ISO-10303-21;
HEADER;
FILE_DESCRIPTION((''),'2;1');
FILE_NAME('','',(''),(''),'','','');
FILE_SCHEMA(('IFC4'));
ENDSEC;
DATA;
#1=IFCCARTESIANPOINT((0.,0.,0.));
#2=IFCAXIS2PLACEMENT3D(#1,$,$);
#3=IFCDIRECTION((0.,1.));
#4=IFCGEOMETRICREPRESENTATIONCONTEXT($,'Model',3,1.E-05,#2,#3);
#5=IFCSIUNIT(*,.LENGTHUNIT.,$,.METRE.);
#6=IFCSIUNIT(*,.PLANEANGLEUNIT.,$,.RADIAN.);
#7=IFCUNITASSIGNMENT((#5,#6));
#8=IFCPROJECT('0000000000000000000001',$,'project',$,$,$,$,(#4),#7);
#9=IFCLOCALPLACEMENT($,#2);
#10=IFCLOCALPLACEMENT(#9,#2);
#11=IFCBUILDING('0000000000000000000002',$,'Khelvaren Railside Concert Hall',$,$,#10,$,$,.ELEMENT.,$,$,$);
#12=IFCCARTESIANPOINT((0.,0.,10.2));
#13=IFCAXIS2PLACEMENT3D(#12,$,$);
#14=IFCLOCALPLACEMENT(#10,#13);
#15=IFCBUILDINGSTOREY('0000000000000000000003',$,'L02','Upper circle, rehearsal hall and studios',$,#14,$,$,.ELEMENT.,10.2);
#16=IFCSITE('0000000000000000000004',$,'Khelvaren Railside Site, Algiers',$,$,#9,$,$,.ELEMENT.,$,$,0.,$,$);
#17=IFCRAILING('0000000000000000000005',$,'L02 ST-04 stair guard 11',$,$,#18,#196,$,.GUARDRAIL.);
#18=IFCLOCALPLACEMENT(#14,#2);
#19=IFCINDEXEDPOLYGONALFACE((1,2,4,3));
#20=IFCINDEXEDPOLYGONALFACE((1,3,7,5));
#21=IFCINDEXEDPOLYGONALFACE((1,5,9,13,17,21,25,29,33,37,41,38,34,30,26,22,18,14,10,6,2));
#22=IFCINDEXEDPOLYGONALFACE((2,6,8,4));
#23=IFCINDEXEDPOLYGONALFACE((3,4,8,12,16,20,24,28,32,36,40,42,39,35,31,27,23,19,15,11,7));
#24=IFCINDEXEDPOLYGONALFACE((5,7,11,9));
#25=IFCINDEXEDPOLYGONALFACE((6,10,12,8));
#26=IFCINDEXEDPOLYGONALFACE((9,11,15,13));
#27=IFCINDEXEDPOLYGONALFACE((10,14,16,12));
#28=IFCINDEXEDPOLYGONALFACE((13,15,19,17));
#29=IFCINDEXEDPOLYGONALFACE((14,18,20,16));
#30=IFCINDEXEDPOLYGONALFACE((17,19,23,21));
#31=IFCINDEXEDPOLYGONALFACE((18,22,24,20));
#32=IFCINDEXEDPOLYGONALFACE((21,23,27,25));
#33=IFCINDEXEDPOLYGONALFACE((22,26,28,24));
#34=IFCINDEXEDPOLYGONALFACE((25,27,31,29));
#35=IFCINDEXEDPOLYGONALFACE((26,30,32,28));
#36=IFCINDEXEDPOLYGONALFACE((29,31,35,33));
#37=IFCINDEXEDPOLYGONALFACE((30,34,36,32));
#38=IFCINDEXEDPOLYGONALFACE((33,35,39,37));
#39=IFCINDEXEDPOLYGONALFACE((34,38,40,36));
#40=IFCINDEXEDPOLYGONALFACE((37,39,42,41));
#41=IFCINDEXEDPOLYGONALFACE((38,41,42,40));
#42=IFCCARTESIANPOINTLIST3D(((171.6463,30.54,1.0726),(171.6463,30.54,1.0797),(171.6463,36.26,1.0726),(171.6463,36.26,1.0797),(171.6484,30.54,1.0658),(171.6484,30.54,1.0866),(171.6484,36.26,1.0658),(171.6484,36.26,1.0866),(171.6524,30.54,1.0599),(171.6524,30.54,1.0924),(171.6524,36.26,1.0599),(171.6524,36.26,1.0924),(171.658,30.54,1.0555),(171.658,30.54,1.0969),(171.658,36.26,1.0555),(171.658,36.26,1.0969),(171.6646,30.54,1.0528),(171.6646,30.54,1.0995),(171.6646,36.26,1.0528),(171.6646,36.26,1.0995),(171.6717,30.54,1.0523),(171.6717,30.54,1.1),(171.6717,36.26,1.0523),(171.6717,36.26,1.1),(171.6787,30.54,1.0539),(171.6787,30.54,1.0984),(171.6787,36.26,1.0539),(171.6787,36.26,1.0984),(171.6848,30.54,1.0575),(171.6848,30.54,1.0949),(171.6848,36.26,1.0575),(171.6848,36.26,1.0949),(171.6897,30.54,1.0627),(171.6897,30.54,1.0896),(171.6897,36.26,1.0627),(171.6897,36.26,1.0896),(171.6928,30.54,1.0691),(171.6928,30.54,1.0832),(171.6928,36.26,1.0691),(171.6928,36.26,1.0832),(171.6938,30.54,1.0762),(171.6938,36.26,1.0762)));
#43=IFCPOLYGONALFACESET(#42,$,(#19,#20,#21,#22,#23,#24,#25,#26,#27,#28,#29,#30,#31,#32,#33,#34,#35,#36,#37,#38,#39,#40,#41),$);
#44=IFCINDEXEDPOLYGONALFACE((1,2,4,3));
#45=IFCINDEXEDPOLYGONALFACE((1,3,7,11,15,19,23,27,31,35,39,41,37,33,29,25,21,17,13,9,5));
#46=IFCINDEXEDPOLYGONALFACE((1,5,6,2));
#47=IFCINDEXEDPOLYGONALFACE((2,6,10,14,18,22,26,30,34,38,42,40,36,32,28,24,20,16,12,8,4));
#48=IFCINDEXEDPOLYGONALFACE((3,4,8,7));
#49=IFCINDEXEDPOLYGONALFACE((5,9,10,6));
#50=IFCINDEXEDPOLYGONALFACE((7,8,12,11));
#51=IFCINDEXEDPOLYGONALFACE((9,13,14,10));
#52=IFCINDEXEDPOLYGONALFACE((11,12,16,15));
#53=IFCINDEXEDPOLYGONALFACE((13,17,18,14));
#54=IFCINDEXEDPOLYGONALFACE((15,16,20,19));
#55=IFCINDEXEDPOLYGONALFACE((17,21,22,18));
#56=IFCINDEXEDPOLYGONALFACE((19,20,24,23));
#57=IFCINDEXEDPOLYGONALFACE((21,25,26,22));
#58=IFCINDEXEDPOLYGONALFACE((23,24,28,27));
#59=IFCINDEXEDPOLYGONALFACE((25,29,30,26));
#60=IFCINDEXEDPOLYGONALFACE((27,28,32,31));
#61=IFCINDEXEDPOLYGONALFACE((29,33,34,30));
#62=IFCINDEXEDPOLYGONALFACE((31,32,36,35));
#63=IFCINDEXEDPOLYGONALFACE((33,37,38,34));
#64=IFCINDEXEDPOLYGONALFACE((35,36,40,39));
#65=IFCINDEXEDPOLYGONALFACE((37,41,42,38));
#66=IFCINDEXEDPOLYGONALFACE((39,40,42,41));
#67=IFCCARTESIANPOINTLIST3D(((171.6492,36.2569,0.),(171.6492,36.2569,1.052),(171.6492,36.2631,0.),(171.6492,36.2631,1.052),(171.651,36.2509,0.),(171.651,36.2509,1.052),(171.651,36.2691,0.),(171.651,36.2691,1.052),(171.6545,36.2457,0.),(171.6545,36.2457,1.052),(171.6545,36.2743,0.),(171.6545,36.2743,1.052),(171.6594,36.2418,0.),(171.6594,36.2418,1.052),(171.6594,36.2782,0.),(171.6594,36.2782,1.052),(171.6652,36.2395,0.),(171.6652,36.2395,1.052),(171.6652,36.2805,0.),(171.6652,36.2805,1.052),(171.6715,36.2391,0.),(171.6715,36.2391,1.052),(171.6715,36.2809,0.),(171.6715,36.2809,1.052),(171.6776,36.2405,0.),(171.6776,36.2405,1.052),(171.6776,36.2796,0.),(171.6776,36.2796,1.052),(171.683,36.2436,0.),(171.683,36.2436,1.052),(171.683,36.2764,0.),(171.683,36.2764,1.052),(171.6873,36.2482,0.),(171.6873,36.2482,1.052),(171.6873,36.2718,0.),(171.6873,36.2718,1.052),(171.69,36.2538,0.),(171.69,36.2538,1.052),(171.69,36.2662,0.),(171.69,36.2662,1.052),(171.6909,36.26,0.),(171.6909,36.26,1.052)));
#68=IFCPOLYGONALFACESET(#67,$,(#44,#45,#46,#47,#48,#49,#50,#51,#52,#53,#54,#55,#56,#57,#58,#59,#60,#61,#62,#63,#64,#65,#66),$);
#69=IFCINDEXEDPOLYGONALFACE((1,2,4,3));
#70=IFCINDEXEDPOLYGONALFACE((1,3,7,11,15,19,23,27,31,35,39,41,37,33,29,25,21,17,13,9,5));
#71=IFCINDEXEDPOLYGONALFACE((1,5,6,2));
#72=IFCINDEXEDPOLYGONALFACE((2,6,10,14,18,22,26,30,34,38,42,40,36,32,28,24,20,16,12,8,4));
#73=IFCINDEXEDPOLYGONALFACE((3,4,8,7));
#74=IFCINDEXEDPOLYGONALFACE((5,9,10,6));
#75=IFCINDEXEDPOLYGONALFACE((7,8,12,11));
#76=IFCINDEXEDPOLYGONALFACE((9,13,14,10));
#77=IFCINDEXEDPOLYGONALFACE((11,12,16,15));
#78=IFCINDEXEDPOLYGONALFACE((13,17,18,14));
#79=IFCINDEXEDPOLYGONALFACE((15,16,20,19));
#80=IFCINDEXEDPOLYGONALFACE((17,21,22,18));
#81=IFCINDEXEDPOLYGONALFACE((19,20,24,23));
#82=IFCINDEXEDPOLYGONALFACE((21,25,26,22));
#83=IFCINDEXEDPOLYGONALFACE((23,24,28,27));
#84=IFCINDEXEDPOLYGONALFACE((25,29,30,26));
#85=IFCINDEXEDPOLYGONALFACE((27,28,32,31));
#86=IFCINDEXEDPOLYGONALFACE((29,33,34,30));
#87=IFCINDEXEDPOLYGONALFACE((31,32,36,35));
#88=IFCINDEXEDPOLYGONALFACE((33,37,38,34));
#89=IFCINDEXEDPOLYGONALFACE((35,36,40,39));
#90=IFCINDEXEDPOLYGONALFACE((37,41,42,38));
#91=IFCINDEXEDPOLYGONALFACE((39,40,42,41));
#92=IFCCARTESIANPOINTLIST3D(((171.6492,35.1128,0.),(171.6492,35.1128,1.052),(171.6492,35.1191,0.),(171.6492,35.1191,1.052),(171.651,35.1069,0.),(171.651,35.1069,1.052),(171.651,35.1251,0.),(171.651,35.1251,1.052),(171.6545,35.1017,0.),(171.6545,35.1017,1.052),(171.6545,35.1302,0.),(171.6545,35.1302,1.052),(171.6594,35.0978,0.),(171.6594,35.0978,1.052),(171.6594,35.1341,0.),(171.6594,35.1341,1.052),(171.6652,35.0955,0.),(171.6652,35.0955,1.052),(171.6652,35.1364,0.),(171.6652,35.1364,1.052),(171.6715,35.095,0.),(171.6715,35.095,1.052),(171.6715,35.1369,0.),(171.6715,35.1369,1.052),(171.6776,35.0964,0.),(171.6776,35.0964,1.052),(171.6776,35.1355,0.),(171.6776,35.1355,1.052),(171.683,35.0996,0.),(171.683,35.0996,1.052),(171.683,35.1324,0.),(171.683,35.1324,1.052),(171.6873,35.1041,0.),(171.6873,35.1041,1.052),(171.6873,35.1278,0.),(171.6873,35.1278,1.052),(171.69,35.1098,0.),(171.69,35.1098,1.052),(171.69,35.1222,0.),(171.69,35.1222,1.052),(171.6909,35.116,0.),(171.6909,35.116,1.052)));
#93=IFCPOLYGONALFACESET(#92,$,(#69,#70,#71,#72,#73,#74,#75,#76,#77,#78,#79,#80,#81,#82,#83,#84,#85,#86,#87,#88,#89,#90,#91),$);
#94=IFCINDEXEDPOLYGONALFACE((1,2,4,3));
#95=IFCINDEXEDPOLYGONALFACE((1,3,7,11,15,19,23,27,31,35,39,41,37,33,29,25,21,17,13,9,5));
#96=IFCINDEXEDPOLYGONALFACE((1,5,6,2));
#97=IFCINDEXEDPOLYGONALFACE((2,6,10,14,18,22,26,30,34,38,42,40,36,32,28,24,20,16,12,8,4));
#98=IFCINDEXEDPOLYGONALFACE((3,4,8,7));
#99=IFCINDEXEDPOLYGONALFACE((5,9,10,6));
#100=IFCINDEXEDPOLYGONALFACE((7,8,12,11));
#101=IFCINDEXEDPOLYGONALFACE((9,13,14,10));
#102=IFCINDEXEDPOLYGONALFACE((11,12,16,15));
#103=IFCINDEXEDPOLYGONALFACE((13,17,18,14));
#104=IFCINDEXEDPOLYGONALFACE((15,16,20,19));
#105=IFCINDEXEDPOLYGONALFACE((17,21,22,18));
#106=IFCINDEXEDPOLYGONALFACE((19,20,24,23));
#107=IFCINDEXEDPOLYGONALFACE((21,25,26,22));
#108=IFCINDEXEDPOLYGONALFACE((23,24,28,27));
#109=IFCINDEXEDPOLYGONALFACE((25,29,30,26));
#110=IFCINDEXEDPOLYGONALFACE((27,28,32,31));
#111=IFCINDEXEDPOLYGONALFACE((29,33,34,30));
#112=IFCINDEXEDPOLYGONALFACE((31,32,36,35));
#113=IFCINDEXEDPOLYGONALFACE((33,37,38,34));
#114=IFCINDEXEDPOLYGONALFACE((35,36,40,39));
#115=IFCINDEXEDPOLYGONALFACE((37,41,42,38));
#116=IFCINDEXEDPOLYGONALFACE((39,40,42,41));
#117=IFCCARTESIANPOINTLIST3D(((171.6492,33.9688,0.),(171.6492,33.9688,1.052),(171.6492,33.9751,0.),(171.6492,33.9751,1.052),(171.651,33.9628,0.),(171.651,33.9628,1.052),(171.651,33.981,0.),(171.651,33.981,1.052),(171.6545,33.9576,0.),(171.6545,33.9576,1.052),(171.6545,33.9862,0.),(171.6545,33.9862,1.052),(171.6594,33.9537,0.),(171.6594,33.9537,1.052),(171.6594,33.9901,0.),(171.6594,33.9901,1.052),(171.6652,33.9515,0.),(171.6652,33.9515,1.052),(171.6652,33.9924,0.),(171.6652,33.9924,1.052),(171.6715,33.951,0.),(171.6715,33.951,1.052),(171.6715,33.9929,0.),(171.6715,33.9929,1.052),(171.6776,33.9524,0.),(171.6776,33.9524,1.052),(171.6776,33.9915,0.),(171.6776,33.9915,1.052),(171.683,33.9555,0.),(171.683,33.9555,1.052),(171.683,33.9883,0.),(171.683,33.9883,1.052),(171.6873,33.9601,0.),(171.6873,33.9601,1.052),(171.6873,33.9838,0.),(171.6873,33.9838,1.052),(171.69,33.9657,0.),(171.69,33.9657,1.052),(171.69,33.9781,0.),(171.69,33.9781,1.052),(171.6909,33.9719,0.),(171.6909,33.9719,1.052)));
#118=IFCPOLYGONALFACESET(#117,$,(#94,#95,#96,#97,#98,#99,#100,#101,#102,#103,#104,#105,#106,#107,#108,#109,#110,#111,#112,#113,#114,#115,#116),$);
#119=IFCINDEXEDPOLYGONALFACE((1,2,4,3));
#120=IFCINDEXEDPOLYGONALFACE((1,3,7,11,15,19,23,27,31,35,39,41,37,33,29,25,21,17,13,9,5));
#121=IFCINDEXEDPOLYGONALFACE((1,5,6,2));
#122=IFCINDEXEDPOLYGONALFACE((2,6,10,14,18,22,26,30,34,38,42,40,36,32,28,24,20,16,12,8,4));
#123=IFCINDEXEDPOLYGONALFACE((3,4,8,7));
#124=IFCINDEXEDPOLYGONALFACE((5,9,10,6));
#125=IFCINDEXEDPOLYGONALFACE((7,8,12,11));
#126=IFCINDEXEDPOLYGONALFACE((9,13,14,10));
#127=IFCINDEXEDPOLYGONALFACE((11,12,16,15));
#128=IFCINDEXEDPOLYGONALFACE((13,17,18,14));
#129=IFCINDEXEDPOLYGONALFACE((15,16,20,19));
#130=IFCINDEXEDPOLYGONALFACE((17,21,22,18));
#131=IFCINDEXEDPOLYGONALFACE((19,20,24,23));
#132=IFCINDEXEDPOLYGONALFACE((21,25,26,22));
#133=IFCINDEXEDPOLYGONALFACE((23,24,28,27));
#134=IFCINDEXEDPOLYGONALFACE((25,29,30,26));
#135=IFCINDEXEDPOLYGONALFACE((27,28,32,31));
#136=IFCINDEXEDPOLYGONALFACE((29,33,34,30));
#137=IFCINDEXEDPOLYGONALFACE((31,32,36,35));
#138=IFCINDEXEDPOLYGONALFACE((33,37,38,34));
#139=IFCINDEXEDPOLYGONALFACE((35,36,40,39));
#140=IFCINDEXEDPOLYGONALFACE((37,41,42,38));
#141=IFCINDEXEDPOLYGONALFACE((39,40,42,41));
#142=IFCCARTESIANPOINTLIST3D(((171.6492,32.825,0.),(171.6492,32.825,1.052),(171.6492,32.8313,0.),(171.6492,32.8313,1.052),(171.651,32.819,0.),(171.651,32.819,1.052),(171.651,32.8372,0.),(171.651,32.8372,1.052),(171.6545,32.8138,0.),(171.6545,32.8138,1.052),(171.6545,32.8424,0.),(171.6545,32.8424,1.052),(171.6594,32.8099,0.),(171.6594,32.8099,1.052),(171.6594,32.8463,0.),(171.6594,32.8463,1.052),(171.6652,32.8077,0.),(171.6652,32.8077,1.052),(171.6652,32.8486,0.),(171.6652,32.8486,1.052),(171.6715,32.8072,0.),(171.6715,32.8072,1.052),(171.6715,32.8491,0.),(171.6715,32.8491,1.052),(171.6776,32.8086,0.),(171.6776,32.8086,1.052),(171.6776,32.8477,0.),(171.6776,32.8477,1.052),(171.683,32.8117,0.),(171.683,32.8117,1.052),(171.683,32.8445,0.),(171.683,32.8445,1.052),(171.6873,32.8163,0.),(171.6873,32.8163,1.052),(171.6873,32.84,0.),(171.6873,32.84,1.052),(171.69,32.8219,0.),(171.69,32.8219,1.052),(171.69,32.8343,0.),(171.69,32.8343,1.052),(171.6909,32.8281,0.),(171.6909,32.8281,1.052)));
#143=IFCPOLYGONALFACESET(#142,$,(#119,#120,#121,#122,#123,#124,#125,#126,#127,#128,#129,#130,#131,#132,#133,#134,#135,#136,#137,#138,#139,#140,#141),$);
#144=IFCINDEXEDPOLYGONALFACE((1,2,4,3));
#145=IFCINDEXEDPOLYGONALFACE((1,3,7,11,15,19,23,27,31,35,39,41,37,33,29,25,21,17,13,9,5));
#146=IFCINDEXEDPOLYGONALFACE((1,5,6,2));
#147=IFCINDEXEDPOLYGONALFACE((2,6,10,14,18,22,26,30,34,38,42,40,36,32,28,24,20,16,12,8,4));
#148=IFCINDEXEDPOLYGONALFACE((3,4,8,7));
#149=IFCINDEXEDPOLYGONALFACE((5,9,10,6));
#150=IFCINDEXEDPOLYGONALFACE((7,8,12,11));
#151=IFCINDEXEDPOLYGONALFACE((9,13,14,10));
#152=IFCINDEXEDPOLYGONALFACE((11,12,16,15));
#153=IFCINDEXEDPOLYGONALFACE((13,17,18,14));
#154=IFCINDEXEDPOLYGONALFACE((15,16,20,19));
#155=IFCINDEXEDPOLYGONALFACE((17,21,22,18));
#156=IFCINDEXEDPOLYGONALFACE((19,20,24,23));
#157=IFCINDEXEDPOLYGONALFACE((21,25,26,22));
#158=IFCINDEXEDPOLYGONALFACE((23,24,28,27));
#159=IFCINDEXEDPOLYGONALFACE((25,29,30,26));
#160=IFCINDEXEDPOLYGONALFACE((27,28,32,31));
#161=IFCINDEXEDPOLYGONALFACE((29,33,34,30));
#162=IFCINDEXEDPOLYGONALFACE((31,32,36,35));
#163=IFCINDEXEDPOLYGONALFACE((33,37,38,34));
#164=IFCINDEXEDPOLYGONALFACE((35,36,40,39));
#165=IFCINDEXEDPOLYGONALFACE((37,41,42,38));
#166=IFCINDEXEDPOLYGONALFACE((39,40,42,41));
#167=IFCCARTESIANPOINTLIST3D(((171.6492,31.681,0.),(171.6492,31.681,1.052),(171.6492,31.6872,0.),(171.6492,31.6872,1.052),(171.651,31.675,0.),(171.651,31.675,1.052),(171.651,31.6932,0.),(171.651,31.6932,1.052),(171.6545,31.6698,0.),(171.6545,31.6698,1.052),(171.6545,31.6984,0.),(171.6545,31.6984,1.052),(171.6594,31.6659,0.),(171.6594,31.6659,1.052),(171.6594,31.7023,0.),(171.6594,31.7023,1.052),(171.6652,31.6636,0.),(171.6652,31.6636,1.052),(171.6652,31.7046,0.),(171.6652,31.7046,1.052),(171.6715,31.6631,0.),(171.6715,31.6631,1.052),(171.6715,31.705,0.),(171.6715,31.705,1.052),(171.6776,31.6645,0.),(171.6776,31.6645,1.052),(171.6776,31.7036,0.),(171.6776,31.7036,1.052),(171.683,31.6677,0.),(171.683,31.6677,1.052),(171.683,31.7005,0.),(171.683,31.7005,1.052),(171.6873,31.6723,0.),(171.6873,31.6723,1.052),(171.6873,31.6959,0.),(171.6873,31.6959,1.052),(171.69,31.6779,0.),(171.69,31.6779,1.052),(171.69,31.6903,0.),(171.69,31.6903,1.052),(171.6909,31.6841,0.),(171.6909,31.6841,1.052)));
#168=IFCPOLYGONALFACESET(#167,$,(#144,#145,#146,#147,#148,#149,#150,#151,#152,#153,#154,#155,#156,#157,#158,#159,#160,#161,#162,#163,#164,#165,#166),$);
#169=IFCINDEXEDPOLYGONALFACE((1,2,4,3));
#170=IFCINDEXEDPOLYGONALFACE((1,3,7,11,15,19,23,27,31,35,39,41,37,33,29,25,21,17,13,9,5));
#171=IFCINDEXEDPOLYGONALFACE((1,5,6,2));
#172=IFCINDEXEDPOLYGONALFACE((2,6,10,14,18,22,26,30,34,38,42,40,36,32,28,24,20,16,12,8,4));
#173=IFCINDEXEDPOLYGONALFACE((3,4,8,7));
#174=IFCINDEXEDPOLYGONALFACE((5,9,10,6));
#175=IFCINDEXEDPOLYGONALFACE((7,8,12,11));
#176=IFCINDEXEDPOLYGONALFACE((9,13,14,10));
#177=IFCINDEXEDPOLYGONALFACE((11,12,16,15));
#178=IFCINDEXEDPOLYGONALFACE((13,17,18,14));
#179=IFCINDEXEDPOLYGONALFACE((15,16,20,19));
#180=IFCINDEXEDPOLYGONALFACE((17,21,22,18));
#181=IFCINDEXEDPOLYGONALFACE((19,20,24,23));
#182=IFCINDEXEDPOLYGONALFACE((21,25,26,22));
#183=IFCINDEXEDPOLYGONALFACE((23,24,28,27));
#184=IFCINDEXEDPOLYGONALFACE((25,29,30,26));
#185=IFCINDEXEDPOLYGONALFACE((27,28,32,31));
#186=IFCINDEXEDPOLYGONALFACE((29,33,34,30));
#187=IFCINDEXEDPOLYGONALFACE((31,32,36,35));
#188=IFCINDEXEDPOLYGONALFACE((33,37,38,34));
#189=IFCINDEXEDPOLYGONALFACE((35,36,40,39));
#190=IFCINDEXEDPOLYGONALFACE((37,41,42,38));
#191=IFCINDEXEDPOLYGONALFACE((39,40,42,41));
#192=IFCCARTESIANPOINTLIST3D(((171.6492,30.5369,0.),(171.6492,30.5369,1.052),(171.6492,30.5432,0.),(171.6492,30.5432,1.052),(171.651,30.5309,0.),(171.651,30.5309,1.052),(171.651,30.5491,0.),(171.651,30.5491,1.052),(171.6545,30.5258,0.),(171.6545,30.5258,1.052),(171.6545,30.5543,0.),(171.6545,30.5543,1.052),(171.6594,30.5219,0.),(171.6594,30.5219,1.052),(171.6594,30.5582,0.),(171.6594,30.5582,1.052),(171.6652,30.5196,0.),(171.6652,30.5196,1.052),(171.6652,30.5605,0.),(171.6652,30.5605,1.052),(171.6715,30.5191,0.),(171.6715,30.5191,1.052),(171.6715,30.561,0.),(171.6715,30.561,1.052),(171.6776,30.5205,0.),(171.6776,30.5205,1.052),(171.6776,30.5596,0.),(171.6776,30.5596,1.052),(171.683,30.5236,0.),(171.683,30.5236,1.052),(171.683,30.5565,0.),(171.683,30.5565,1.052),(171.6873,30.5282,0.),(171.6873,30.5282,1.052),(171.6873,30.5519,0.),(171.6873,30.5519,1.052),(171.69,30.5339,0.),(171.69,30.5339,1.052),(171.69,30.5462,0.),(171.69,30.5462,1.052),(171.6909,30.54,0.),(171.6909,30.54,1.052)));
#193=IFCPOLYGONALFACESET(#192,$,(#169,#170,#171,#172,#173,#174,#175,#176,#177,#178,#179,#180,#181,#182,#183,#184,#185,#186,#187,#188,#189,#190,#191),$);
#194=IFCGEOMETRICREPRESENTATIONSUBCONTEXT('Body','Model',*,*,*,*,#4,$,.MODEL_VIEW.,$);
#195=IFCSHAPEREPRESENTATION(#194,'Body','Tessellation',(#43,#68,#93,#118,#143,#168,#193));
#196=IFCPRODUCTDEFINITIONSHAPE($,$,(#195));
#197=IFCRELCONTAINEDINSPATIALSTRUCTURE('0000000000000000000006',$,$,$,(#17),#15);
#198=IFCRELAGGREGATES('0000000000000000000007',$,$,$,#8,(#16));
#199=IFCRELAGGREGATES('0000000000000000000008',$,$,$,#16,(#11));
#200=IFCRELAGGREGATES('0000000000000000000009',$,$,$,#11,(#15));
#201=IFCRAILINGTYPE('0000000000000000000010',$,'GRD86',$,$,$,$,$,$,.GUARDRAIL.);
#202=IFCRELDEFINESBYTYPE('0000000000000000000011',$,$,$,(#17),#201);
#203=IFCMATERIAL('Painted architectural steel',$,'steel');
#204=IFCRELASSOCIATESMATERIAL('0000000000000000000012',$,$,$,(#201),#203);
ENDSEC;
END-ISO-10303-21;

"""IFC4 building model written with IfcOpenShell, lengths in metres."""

from ifc_helpers import new_model, si_unit, direction, frame, origin, origin_2d, place, context, subcontext, project, spatial, circle, extrude, material, type_object, element, save


model = new_model("IFC4")

# Units and contexts
model_context = context("Model", 3, precision=1e-05, world=origin(), true_north=direction((0.0, 1.0)))
body_context = subcontext(model_context, "Body", "Model", "MODEL_VIEW")
ifc_project = project(units=[si_unit("LENGTHUNIT", "METRE"), si_unit("PLANEANGLEUNIT", "RADIAN")], contexts=[model_context])

# Site, building, storey
site_placement = place(None, origin())
site = spatial("IfcSite", under=ifc_project, at=site_placement, Name="Khelvaren Railside Site, Algiers", CompositionType="ELEMENT", RefElevation=0.0)
building_placement = place(site_placement, origin())
building = spatial("IfcBuilding", under=site, at=building_placement, Name="Khelvaren Railside Concert Hall", CompositionType="ELEMENT")
storey_placement = place(building_placement, frame((0.0, 0.0, 10.2)))
storey = spatial("IfcBuildingStorey", under=building, at=storey_placement, Name="L02", Description="Upper circle, rehearsal hall and studios", CompositionType="ELEMENT", Elevation=10.2)

# Railing
ifc_material_1 = material(Name="Painted architectural steel", Category="steel")
railing_type_1 = type_object("IfcRailingType", Name="GRD86", PredefinedType="GUARDRAIL", material=ifc_material_1)
for number, where, name in (
    (1, (171.6699, 36.26, 0.0), "L02 ST-04 stair guard 11"),
):
    element("IfcRailing", number, at=place(storey_placement, frame(where)), inside=storey, type_object=railing_type_1, Name=name, PredefinedType="GUARDRAIL", context=body_context, shape_type="SweptSolid", body=[
        extrude(circle(Radius=0.0239, at=origin_2d()), frame((0.0, 0.0, 1.0762), z_axis=(0.0, -1.0, 0.0), x_axis=(1.0, 0.0, 0.0)), (0.0, 0.0, 1.0), 5.72),
        extrude(circle(Radius=0.021, at=origin_2d()), origin(), (0.0, 0.0, 1.0), 1.052),
        extrude(circle(Radius=0.021, at=origin_2d()), frame((0.0, -1.144, 0.0)), (0.0, 0.0, 1.0), 1.052),
        extrude(circle(Radius=0.021, at=origin_2d()), frame((0.0, -2.2881, 0.0)), (0.0, 0.0, 1.0), 1.052),
        extrude(circle(Radius=0.021, at=origin_2d()), frame((0.0, -3.4319, 0.0)), (0.0, 0.0, 1.0), 1.052),
        extrude(circle(Radius=0.021, at=origin_2d()), frame((0.0, -4.5759, 0.0)), (0.0, 0.0, 1.0), 1.052),
        extrude(circle(Radius=0.021, at=origin_2d()), frame((0.0, -5.72, 0.0)), (0.0, 0.0, 1.0), 1.052),
    ])

save(model, "model.ifc")
